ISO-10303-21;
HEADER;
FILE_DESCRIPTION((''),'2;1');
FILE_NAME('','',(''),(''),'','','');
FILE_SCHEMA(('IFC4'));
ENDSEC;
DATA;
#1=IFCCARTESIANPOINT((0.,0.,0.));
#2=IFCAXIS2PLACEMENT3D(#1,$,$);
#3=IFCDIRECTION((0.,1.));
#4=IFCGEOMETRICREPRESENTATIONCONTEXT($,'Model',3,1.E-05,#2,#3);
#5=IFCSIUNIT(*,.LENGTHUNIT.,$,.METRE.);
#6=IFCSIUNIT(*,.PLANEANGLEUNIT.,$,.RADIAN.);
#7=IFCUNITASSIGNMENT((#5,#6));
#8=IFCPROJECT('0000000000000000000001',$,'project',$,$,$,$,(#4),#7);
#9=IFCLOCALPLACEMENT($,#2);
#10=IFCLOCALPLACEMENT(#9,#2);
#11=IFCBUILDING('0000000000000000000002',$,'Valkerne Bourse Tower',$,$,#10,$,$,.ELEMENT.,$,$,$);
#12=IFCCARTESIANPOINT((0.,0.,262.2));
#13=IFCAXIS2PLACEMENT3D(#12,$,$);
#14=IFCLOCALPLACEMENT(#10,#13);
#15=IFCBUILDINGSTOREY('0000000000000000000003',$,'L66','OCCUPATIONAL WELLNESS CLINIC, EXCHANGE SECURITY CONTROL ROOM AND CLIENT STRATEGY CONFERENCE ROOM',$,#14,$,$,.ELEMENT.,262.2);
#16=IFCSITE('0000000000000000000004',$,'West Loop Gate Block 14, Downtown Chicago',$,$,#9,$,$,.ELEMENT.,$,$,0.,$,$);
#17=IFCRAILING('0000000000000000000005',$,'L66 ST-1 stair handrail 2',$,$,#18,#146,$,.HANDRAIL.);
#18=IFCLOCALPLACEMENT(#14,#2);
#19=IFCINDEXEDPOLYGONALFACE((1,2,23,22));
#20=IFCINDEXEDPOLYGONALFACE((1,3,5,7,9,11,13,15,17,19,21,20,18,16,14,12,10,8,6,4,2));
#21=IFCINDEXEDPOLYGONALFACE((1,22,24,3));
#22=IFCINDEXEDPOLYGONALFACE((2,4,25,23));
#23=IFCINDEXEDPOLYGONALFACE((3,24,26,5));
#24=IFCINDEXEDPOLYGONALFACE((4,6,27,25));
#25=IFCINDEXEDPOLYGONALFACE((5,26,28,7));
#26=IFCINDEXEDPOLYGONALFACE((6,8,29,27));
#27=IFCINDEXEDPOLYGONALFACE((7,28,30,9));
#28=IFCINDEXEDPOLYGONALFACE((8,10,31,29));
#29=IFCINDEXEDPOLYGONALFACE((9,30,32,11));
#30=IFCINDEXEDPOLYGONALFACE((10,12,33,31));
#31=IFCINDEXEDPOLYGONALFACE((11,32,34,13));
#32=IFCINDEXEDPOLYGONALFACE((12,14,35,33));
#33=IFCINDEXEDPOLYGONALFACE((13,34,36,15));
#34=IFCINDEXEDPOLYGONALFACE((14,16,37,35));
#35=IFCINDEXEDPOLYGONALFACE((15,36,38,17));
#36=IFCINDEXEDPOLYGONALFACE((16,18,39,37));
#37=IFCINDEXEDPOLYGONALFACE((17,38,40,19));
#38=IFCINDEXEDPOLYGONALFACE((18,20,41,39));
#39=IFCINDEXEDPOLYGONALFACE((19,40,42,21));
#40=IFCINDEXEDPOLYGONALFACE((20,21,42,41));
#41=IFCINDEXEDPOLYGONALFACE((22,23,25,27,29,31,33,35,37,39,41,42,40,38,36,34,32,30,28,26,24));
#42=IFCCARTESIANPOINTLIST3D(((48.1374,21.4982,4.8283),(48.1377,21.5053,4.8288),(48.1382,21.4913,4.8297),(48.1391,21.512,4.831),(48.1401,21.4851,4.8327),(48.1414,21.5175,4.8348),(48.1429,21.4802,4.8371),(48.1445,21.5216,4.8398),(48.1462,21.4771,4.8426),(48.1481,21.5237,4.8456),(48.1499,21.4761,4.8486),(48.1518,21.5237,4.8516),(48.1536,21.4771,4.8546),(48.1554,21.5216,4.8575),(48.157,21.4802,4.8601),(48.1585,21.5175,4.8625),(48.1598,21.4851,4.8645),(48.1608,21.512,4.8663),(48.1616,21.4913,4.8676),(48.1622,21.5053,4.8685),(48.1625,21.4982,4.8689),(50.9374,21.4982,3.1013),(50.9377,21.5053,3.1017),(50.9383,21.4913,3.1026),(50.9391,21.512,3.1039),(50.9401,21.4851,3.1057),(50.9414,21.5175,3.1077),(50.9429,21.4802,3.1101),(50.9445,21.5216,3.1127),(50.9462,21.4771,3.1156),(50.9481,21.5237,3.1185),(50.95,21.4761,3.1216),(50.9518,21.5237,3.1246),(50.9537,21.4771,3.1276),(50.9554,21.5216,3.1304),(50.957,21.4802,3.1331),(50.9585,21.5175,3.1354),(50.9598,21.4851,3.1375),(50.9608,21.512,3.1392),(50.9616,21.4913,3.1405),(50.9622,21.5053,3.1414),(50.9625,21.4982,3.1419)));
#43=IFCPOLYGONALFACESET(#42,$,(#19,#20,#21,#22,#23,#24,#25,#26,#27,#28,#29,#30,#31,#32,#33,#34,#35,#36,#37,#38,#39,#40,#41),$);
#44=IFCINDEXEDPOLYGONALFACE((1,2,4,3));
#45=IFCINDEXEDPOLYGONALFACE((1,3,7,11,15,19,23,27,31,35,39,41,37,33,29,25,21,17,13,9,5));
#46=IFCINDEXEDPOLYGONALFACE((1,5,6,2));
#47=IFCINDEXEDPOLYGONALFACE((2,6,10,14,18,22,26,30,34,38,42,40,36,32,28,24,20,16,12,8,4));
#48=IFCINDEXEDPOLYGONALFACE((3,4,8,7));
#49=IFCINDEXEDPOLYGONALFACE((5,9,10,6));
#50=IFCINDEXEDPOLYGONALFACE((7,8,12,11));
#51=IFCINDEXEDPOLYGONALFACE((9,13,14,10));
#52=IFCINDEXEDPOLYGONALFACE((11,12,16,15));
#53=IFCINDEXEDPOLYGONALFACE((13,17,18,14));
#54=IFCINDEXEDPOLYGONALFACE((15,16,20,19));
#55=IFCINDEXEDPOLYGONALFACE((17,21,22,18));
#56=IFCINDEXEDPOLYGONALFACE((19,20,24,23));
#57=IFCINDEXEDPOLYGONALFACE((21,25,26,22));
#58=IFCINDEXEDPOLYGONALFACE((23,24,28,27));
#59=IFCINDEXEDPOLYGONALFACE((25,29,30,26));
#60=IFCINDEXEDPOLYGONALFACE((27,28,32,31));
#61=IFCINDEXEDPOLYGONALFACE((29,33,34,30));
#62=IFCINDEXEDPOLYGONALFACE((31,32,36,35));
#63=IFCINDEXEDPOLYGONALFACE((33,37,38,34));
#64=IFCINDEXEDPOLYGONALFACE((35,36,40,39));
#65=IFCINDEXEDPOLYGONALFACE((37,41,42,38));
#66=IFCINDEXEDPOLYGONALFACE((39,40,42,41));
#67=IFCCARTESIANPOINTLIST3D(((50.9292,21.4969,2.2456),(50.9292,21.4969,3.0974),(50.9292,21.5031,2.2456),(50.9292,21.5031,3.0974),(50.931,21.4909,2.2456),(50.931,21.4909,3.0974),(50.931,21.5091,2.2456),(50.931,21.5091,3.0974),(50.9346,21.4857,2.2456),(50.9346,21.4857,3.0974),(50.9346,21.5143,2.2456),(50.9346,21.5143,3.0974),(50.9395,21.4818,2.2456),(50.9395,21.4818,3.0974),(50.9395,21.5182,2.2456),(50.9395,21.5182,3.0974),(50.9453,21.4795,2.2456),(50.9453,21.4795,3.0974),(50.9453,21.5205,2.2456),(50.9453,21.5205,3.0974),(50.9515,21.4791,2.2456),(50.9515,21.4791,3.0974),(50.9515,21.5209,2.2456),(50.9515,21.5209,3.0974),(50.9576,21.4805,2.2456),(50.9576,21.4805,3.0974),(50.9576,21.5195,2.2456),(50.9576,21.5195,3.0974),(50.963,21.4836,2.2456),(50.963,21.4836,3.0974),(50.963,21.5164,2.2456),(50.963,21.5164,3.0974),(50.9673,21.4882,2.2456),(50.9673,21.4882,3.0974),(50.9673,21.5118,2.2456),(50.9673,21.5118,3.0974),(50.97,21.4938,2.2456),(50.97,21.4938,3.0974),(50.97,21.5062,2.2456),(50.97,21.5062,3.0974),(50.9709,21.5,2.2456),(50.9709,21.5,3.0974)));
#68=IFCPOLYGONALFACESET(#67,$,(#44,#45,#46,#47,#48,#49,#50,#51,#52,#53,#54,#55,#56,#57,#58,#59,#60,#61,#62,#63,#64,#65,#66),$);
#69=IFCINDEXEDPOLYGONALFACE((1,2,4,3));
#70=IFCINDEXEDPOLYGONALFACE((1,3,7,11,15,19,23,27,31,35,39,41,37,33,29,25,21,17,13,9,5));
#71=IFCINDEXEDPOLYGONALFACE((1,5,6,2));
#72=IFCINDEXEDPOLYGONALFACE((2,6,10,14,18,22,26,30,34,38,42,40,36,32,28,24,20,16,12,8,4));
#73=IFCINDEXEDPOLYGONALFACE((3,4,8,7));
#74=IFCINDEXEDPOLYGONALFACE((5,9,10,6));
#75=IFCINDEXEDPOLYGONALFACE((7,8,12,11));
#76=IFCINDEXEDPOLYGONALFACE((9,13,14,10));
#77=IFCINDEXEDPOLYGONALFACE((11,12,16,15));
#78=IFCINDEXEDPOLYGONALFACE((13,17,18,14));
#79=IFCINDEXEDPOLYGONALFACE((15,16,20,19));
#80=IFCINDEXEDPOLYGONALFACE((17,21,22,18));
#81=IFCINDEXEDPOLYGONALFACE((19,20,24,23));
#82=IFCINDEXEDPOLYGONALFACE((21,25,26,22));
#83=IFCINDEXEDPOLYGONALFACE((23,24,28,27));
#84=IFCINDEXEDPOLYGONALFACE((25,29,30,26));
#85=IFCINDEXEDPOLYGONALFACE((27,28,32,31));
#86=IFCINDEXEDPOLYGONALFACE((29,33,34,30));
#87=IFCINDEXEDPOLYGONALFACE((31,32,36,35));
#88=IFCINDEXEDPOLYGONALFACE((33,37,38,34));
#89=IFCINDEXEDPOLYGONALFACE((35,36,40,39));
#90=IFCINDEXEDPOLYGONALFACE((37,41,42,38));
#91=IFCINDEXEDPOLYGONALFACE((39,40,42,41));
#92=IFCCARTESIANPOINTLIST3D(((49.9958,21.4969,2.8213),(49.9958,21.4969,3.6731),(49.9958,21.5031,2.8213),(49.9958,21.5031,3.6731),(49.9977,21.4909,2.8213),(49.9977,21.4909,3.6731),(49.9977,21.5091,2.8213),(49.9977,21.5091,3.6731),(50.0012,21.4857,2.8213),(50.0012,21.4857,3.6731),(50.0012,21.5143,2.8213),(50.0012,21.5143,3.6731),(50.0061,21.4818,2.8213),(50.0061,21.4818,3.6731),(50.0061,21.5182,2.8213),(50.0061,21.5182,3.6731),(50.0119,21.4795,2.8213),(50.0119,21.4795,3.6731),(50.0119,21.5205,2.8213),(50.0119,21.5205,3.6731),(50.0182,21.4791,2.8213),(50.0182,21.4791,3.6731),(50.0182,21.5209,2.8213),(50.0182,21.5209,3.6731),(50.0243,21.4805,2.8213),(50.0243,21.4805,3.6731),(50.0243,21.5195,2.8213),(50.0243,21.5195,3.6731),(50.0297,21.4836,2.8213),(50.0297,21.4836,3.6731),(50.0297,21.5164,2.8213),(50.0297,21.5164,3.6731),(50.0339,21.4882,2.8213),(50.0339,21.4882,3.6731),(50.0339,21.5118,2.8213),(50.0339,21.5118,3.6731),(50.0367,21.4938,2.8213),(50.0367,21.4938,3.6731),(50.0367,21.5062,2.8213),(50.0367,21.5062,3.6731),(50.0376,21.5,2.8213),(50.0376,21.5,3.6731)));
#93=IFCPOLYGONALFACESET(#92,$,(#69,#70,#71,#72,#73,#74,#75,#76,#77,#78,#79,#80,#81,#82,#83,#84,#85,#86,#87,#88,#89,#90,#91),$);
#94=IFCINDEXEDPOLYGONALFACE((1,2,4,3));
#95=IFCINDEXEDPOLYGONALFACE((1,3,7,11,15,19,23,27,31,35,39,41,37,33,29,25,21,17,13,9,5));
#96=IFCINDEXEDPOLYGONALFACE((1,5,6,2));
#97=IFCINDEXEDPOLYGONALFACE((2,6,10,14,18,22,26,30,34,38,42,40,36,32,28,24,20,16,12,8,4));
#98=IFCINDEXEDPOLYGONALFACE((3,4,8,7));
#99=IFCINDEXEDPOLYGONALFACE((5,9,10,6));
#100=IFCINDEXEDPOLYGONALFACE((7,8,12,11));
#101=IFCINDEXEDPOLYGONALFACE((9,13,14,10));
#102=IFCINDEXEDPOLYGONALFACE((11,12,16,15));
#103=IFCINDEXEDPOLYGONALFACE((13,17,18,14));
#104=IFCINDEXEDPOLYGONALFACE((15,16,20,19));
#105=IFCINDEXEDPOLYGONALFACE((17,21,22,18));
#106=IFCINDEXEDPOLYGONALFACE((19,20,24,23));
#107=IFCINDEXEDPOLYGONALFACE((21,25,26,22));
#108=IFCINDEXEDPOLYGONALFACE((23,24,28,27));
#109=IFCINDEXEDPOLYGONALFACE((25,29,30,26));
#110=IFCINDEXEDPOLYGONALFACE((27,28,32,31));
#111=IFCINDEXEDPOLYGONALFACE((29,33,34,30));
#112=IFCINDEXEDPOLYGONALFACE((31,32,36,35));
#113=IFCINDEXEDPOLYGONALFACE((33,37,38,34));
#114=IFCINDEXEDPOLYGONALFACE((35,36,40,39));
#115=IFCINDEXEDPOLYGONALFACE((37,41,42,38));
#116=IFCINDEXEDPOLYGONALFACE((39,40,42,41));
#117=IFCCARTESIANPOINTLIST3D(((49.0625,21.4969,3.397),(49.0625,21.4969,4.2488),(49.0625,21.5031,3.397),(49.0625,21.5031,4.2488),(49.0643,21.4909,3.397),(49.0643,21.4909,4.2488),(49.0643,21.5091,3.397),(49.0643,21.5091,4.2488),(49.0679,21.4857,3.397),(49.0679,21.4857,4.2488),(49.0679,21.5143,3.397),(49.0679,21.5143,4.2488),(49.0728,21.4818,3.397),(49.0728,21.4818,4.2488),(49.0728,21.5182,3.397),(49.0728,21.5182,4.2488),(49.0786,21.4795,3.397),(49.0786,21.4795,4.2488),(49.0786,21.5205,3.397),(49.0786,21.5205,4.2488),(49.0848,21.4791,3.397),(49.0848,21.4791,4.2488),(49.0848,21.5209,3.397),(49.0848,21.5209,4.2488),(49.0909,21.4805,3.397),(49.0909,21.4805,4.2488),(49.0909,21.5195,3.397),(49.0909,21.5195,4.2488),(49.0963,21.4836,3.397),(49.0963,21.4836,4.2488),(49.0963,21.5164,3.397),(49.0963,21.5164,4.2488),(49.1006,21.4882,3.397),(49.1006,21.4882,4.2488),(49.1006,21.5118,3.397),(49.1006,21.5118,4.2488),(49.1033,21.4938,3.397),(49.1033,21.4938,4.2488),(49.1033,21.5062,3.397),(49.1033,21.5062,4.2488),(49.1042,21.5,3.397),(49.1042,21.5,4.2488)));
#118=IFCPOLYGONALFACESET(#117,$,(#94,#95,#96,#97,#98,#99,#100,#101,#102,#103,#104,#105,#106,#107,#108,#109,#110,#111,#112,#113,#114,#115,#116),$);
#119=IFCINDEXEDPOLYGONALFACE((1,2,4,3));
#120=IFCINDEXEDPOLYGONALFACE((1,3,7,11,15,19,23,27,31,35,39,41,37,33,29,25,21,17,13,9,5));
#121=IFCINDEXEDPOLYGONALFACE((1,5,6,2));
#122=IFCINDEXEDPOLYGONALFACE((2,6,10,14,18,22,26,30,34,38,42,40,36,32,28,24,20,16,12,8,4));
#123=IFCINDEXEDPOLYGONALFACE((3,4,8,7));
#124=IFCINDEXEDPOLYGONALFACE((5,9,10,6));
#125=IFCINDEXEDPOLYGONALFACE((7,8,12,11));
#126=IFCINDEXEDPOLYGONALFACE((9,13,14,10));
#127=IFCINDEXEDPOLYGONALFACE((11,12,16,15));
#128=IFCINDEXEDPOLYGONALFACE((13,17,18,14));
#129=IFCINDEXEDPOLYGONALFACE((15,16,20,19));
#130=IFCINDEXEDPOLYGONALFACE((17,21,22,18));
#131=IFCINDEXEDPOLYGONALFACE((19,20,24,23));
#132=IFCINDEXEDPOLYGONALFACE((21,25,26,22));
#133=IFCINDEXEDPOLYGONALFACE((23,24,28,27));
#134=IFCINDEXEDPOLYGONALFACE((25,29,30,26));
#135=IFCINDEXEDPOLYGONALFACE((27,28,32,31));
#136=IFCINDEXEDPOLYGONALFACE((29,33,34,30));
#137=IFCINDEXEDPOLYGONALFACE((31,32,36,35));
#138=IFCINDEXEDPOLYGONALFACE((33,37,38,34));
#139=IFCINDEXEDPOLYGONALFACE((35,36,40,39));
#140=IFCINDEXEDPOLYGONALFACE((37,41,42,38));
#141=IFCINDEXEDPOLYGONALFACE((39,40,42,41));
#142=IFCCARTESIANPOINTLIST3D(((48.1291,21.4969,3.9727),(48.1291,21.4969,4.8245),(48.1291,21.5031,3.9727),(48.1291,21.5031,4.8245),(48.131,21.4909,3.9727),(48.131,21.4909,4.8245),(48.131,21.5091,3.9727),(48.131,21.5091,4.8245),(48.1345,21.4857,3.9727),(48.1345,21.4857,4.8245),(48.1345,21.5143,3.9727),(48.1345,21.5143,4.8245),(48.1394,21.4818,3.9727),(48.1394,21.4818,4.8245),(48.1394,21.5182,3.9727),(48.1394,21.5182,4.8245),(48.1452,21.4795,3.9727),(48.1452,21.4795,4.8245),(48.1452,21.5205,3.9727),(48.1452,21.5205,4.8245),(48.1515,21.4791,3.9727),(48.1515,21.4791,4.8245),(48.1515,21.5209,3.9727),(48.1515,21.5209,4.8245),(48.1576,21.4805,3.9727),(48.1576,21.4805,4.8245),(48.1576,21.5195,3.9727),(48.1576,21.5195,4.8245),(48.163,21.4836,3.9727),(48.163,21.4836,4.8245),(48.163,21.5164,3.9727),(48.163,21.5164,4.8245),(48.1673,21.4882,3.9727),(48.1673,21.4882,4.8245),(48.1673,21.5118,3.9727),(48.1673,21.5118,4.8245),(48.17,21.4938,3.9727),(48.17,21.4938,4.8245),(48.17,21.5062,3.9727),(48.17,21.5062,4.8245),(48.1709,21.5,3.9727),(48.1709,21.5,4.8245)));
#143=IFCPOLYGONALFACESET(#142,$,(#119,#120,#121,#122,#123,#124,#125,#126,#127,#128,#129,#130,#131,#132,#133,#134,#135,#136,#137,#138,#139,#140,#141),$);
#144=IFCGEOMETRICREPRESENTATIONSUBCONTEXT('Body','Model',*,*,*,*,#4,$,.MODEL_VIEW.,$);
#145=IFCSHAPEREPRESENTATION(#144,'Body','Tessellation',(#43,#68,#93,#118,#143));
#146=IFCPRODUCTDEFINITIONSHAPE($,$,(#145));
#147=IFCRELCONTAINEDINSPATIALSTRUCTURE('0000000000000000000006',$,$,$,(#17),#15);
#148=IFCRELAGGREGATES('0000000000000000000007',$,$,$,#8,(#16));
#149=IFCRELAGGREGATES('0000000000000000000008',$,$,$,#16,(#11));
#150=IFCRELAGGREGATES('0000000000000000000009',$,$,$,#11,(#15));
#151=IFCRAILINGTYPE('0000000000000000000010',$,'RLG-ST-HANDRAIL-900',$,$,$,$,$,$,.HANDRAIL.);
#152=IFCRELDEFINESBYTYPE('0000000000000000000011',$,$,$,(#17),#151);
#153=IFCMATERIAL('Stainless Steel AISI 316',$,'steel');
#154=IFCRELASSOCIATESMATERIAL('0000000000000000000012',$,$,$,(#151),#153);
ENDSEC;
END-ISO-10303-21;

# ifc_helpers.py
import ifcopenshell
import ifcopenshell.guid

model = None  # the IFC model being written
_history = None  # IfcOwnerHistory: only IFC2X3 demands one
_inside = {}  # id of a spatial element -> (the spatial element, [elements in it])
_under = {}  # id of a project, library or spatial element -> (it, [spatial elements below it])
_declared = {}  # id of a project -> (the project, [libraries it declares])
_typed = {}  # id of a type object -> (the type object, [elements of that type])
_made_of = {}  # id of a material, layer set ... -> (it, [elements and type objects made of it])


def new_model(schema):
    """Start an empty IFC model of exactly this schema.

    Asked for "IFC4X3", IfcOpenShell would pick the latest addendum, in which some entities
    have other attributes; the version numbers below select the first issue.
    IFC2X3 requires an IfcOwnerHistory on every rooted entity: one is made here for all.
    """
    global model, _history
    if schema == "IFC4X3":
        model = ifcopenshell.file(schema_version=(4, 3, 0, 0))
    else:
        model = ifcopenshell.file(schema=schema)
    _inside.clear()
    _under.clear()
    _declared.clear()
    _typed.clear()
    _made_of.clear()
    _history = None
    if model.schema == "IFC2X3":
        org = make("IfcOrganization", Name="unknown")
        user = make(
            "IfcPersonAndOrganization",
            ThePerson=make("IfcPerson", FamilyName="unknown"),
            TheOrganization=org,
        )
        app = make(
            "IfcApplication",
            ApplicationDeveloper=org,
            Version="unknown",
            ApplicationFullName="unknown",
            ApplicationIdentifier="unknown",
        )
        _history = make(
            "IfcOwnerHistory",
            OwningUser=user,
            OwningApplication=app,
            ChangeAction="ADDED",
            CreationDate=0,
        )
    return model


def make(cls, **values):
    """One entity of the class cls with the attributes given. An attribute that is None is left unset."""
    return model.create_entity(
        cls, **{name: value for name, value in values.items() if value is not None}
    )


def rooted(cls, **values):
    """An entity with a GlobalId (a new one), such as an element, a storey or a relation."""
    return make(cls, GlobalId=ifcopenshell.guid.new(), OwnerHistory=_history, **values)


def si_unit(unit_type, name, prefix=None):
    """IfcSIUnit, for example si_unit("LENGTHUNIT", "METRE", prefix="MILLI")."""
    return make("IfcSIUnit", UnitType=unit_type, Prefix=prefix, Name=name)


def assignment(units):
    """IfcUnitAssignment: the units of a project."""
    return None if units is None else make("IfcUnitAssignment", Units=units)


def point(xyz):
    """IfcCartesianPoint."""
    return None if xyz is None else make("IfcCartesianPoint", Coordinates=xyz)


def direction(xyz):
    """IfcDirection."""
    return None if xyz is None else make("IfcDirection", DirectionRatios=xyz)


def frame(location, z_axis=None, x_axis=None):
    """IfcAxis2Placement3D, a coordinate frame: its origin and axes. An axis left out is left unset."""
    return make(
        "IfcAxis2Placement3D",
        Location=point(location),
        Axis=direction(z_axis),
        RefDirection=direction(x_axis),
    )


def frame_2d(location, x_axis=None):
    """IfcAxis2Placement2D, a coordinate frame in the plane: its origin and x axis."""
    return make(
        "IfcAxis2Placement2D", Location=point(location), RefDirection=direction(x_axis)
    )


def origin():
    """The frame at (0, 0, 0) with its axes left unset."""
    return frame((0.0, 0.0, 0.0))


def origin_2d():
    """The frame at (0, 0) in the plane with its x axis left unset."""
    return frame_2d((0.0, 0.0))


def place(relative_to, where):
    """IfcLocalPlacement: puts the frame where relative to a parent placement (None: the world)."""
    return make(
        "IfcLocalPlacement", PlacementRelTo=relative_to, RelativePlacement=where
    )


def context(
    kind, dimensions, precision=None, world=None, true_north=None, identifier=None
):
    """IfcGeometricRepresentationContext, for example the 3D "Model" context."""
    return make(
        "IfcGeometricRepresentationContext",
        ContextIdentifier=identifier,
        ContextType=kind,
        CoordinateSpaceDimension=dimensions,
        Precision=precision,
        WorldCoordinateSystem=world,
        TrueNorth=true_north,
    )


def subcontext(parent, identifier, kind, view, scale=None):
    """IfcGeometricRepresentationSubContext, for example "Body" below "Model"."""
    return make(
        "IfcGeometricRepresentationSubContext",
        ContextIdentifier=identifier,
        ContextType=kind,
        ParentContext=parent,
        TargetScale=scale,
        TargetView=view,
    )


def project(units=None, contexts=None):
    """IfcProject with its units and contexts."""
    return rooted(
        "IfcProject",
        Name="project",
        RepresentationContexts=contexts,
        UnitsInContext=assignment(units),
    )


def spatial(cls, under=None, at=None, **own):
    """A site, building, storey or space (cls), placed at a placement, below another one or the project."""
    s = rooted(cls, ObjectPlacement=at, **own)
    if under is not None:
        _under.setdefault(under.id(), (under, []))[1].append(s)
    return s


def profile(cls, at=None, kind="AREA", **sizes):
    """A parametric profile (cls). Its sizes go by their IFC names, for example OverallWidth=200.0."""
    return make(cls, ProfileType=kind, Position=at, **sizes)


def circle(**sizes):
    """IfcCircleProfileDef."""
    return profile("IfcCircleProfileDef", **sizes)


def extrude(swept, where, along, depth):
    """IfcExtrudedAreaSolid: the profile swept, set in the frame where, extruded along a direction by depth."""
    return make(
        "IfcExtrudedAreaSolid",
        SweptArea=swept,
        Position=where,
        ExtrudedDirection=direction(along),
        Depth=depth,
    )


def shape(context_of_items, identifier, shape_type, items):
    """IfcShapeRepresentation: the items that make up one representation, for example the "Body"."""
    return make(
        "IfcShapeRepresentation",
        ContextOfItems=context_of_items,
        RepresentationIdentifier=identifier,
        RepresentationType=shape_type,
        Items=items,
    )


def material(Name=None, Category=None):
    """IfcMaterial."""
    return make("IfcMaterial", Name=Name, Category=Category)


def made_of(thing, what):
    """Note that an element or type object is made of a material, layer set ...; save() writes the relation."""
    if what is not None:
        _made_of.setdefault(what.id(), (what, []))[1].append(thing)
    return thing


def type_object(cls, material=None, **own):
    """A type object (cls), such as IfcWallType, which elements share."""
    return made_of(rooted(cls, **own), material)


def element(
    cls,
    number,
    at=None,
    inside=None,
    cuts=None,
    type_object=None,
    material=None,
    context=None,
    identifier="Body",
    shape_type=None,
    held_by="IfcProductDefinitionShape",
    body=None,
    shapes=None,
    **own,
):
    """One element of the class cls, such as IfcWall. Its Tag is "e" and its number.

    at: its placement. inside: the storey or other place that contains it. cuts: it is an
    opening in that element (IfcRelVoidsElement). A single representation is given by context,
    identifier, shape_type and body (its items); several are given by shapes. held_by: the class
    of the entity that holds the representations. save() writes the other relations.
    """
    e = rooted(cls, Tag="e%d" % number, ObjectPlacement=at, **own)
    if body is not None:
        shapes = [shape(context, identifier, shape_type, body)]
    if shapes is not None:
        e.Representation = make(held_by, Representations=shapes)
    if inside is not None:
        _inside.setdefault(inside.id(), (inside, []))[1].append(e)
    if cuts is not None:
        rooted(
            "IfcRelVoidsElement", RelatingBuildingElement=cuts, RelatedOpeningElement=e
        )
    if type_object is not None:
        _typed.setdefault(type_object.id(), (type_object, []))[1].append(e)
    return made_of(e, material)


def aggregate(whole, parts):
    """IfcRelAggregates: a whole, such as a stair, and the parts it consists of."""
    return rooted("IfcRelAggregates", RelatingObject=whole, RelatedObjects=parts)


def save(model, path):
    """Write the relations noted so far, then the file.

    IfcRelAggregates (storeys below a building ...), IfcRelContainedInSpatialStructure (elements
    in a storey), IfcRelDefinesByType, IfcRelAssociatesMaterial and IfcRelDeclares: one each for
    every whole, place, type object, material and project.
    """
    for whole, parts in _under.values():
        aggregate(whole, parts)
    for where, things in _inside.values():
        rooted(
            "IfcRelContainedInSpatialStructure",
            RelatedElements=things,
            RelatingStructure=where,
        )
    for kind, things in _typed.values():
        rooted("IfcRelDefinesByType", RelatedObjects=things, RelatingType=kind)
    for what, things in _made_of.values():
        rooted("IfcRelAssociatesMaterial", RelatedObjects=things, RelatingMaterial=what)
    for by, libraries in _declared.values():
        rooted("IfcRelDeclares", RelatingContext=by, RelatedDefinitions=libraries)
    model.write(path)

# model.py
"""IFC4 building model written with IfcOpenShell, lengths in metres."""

from ifc_helpers import new_model, si_unit, direction, frame, origin, origin_2d, place, context, subcontext, project, spatial, circle, extrude, material, type_object, element, save


model = new_model("IFC4")

# Units and contexts
model_context = context("Model", 3, precision=1e-05, world=origin(), true_north=direction((0.0, 1.0)))
body_context = subcontext(model_context, "Body", "Model", "MODEL_VIEW")
ifc_project = project(units=[si_unit("LENGTHUNIT", "METRE"), si_unit("PLANEANGLEUNIT", "RADIAN")], contexts=[model_context])

# Site, building, storey
site_placement = place(None, origin())
site = spatial("IfcSite", under=ifc_project, at=site_placement, Name="West Loop Gate Block 14, Downtown Chicago", CompositionType="ELEMENT", RefElevation=0.0)
building_placement = place(site_placement, origin())
building = spatial("IfcBuilding", under=site, at=building_placement, Name="Valkerne Bourse Tower", CompositionType="ELEMENT")
storey_placement = place(building_placement, frame((0.0, 0.0, 262.2)))
storey = spatial("IfcBuildingStorey", under=building, at=storey_placement, Name="L66", Description="OCCUPATIONAL WELLNESS CLINIC, EXCHANGE SECURITY CONTROL ROOM AND CLIENT STRATEGY CONFERENCE ROOM", CompositionType="ELEMENT", Elevation=262.2)

# Shared definitions
ifc_material_1 = material(Name="Stainless Steel AISI 316", Category="steel")

# Railing
railing_type_1 = type_object("IfcRailingType", Name="RLG-ST-HANDRAIL-900", PredefinedType="HANDRAIL", material=ifc_material_1)
railing_1_placement = place(storey_placement, frame((50.95, 21.5, 2.2456)))
element("IfcRailing", 1, at=railing_1_placement, inside=storey, type_object=railing_type_1, Name="L66 ST-1 stair handrail 2", PredefinedType="HANDRAIL", context=body_context, shape_type="SweptSolid", body=[
    extrude(circle(Radius=0.0239, at=origin_2d()), frame((0.0, 0.0, 0.876), z_axis=(-0.851123, 0.0, 0.524967), x_axis=(0.0, -1.0, 0.0)), (0.0, 0.0, 1.0), 3.2898),
    extrude(circle(Radius=0.021, at=origin_2d()), origin(), (0.0, 0.0, 1.0), 0.8518),
    extrude(circle(Radius=0.021, at=origin_2d()), frame((-0.9333, 0.0, 0.5757)), (0.0, 0.0, 1.0), 0.8518),
    extrude(circle(Radius=0.021, at=origin_2d()), frame((-1.8667, 0.0, 1.1514)), (0.0, 0.0, 1.0), 0.8518),
    extrude(circle(Radius=0.021, at=origin_2d()), frame((-2.8, 0.0, 1.7271)), (0.0, 0.0, 1.0), 0.8518),
])

save(model, "model.ifc")
